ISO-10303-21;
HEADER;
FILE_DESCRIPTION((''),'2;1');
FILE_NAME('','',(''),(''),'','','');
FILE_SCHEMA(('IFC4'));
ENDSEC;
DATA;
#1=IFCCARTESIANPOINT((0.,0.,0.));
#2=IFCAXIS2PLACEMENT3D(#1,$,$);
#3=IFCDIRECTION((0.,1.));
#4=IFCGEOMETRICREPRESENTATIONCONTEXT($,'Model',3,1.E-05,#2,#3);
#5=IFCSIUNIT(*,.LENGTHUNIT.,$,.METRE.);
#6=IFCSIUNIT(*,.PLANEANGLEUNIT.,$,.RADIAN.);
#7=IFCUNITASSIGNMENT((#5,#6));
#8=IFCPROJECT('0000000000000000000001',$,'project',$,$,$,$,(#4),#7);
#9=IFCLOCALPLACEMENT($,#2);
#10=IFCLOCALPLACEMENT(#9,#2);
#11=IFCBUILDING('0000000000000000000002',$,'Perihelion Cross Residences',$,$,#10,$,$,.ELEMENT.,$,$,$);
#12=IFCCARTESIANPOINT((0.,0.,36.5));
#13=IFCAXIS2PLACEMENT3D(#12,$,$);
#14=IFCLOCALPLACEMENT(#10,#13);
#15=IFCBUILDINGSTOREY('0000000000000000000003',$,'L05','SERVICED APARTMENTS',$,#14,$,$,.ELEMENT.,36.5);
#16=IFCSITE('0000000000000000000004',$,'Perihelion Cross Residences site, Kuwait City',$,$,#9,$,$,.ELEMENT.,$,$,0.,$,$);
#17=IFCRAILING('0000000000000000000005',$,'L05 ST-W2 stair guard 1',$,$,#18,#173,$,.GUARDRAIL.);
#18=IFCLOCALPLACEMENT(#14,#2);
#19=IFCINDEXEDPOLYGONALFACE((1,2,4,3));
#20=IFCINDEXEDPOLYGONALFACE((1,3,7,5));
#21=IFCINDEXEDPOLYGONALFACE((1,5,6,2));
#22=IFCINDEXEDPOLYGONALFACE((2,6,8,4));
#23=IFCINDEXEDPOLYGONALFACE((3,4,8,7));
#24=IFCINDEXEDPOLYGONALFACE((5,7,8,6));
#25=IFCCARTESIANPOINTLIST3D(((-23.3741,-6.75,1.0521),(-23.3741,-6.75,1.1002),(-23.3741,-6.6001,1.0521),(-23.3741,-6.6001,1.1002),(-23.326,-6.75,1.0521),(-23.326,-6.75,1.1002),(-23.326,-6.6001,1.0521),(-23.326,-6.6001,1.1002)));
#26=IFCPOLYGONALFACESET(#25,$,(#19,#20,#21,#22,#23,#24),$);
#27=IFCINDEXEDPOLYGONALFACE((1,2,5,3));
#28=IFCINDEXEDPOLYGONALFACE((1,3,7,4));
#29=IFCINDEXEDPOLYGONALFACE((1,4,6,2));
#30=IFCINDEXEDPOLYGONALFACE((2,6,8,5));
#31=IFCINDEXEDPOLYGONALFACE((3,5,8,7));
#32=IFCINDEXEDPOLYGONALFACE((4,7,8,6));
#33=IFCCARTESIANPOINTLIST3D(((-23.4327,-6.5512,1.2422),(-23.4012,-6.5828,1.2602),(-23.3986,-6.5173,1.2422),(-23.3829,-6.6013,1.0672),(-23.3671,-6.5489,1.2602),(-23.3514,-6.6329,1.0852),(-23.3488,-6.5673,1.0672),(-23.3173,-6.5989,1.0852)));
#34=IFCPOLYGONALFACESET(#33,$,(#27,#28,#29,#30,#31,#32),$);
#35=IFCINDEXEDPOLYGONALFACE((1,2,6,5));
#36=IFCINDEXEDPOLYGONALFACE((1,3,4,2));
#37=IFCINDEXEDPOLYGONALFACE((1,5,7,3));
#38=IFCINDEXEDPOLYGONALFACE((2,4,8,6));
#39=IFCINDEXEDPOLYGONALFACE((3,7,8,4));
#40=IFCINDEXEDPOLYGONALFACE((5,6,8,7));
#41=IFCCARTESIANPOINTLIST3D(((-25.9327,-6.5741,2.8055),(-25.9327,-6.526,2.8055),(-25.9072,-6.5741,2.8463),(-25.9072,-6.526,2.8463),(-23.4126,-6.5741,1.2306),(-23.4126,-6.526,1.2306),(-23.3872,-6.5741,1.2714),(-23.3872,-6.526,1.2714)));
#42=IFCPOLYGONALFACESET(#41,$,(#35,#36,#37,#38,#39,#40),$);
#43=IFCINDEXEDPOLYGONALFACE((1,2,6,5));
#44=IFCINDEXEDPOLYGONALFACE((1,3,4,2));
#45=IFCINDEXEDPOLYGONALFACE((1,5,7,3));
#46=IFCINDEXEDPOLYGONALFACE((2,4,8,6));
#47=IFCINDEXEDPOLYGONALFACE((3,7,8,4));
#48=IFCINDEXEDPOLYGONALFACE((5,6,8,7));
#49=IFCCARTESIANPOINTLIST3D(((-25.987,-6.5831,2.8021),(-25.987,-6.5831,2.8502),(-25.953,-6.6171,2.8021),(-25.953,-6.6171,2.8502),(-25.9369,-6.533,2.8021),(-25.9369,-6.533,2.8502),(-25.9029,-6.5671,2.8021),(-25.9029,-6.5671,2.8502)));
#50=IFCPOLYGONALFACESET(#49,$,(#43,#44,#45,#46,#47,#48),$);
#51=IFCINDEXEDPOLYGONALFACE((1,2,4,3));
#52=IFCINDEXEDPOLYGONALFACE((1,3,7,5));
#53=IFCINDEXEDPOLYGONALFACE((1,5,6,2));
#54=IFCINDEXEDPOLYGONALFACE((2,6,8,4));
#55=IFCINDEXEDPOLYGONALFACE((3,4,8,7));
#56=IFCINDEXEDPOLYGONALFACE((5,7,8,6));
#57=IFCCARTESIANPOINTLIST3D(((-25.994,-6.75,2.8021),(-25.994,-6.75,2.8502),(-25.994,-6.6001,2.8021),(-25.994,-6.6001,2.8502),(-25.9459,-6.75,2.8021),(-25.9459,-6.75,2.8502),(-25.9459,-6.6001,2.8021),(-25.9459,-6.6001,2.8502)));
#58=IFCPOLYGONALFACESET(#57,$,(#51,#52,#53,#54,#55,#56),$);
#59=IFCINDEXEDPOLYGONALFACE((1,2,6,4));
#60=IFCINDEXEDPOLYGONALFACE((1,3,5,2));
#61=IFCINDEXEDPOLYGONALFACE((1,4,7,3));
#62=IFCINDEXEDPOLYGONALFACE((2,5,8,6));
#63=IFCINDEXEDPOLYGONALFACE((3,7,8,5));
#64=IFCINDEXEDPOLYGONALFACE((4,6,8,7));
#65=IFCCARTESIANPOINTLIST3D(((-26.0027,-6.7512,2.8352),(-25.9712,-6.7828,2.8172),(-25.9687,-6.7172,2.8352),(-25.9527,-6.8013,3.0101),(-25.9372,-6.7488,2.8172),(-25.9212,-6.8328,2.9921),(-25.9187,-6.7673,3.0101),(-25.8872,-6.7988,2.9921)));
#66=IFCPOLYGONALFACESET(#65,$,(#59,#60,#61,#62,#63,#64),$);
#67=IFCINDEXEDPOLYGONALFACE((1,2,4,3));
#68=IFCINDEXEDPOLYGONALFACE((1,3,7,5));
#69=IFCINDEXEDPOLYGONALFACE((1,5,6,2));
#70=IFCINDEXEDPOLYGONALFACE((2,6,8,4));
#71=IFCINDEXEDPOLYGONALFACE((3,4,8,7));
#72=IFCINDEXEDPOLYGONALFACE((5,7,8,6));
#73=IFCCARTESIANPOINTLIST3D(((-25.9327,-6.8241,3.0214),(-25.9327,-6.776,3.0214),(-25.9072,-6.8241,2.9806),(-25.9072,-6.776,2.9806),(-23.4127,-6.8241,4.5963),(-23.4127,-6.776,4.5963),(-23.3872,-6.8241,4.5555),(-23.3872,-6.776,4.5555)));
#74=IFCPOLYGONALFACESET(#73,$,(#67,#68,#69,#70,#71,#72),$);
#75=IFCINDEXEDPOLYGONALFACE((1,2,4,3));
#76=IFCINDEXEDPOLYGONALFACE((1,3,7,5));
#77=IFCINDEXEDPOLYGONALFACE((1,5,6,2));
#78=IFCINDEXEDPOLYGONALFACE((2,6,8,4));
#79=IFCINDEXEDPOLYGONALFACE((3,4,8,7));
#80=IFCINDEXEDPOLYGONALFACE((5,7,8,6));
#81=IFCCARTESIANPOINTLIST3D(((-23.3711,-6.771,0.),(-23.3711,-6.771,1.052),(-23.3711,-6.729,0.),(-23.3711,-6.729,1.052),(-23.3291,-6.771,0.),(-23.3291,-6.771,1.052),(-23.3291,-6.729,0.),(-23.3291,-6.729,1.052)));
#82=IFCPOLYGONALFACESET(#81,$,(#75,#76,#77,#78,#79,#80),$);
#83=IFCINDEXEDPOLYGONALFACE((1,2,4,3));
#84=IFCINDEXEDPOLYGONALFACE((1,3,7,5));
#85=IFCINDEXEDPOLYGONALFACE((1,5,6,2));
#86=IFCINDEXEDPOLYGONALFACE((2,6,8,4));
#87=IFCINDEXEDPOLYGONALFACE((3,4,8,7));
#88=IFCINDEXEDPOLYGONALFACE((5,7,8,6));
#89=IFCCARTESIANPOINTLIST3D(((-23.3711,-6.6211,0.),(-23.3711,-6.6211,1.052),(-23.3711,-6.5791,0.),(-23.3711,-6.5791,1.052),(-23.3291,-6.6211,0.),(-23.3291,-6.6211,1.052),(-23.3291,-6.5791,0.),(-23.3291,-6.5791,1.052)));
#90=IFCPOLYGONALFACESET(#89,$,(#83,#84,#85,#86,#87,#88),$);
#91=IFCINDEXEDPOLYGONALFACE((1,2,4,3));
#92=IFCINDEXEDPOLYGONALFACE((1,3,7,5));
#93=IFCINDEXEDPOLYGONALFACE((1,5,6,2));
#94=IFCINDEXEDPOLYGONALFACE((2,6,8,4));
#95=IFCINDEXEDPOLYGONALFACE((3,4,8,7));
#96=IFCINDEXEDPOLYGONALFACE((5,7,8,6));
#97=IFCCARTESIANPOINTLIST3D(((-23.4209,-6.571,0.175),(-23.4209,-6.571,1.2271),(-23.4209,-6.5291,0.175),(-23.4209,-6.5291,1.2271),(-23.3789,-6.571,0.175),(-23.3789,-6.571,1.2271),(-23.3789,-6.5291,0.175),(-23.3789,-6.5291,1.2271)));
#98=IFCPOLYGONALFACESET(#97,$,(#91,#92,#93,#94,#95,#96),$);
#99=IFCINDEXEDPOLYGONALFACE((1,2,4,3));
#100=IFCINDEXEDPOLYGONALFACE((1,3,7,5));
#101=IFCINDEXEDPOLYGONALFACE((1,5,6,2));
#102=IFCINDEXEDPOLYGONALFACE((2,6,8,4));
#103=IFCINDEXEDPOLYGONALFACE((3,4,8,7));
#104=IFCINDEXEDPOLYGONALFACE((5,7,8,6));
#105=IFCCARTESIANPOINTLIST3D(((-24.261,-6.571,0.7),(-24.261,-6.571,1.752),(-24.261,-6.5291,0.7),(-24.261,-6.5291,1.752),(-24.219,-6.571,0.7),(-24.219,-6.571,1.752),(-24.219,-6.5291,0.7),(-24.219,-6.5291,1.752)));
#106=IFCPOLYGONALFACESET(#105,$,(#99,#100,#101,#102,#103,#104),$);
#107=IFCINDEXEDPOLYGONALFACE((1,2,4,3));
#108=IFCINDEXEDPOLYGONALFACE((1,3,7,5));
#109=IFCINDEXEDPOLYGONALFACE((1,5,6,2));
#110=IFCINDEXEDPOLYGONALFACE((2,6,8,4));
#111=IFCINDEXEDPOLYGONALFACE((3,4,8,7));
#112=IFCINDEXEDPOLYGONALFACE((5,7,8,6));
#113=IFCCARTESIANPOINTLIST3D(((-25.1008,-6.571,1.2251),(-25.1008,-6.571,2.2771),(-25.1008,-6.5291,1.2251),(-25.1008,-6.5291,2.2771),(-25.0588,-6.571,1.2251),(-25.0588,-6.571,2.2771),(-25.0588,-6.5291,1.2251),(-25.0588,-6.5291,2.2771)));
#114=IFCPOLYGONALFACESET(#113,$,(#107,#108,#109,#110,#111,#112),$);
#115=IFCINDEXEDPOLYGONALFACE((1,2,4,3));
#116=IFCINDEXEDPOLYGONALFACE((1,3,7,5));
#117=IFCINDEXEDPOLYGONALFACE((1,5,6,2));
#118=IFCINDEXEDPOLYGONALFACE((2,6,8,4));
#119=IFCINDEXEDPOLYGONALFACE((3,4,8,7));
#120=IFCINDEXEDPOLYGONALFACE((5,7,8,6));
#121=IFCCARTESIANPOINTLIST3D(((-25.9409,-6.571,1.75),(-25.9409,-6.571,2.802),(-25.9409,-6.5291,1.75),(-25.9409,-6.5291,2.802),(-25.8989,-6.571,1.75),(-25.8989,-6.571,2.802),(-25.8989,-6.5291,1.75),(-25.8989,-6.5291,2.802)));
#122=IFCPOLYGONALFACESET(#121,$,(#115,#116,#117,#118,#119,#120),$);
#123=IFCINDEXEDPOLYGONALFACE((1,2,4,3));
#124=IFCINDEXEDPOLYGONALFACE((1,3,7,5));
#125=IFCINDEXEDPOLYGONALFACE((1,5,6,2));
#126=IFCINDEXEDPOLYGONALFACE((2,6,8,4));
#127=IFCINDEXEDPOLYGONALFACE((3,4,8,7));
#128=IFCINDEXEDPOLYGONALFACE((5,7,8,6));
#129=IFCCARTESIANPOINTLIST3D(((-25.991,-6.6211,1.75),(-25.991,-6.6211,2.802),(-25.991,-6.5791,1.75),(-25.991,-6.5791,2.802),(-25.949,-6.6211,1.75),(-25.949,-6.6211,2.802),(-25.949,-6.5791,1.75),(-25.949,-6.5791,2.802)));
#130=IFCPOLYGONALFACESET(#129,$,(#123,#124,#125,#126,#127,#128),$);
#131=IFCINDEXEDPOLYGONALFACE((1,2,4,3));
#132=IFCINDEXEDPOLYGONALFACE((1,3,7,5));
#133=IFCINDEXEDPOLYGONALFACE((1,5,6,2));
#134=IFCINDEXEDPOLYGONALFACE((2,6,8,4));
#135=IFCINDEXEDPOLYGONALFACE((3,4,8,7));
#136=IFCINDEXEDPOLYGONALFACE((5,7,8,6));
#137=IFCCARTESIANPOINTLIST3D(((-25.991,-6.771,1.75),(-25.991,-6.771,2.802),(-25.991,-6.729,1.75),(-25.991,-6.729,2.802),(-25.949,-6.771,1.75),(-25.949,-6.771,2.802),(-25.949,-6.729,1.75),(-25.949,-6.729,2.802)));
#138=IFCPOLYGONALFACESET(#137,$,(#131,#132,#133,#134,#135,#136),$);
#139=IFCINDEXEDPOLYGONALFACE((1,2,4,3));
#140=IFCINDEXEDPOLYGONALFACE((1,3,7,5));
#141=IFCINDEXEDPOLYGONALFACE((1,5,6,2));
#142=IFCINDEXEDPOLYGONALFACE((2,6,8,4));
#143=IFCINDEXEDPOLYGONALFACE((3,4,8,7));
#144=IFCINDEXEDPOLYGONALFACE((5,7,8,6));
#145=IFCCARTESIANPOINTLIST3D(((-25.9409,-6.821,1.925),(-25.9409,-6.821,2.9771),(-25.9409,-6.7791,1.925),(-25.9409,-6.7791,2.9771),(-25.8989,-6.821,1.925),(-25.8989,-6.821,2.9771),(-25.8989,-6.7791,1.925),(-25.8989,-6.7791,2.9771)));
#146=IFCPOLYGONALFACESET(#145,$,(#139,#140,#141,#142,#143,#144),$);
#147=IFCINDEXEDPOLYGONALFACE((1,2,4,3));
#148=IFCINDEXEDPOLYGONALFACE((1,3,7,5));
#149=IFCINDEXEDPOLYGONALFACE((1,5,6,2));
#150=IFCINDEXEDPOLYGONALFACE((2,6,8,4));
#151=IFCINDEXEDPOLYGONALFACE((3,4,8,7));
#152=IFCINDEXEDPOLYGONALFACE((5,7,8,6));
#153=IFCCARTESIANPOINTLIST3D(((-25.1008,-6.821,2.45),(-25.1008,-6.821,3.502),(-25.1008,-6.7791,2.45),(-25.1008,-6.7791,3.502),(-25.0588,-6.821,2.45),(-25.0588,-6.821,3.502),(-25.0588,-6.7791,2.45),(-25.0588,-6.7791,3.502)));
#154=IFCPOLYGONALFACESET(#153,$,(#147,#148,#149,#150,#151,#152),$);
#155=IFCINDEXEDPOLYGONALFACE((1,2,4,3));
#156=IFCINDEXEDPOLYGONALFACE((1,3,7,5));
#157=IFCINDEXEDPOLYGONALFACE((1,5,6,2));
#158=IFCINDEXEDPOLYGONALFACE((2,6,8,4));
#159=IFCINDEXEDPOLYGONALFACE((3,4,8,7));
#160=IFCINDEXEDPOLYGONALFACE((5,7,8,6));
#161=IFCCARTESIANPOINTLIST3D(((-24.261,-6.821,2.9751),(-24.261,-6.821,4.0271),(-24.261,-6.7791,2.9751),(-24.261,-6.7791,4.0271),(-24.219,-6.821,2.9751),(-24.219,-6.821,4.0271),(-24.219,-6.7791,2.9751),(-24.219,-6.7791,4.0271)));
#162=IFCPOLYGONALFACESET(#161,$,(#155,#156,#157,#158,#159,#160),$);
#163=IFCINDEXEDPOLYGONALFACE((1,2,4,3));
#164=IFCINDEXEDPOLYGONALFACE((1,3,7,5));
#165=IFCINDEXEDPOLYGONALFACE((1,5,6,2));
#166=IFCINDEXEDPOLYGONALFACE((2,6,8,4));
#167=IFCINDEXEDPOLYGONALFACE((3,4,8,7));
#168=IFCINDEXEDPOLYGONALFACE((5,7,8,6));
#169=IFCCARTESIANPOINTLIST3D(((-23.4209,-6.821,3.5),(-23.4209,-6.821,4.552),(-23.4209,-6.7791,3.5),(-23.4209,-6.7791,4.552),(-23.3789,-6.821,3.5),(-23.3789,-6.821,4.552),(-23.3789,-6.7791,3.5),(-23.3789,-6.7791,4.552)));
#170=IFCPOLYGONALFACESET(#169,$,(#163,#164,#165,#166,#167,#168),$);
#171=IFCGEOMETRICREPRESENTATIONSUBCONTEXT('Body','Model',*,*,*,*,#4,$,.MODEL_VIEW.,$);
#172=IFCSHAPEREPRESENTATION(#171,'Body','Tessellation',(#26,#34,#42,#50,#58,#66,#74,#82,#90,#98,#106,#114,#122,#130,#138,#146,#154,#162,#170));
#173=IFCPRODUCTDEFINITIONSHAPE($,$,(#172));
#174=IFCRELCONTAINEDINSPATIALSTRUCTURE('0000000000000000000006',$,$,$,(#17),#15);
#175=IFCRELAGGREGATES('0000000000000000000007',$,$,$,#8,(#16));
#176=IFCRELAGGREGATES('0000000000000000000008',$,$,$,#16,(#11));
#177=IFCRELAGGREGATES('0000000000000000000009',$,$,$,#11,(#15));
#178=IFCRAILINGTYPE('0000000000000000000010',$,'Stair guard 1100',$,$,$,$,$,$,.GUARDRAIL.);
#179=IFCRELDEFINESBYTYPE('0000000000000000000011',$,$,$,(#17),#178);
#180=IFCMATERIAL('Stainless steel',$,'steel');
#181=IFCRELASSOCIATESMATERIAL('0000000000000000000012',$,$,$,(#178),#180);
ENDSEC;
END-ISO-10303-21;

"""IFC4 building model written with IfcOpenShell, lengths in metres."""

from ifc_helpers import new_model, si_unit, direction, frame, origin, origin_2d, place, context, subcontext, project, spatial, rectangle, extrude, material, type_object, element, save


model = new_model("IFC4")

# Units and contexts
model_context = context("Model", 3, precision=1e-05, world=origin(), true_north=direction((0.0, 1.0)))
body_context = subcontext(model_context, "Body", "Model", "MODEL_VIEW")
ifc_project = project(units=[si_unit("LENGTHUNIT", "METRE"), si_unit("PLANEANGLEUNIT", "RADIAN")], contexts=[model_context])

# Site, building, storey
site_placement = place(None, origin())
site = spatial("IfcSite", under=ifc_project, at=site_placement, Name="Perihelion Cross Residences site, Kuwait City", CompositionType="ELEMENT", RefElevation=0.0)
building_placement = place(site_placement, origin())
building = spatial("IfcBuilding", under=site, at=building_placement, Name="Perihelion Cross Residences", CompositionType="ELEMENT")
storey_placement = place(building_placement, frame((0.0, 0.0, 36.5)))
storey = spatial("IfcBuildingStorey", under=building, at=storey_placement, Name="L05", Description="SERVICED APARTMENTS", CompositionType="ELEMENT", Elevation=36.5)

# Railing
ifc_material_1 = material(Name="Stainless steel", Category="steel")
railing_type_1 = type_object("IfcRailingType", Name="Stair guard 1100", PredefinedType="GUARDRAIL", material=ifc_material_1)
railing_1_placement = place(storey_placement, frame((-23.3501, -6.75, 0.0)))
element("IfcRailing", 1, at=railing_1_placement, inside=storey, type_object=railing_type_1, Name="L05 ST-W2 stair guard 1", PredefinedType="GUARDRAIL", context=body_context, shape_type="SweptSolid", body=[
    extrude(rectangle(XDim=0.0481, YDim=0.0481, at=origin_2d()), frame((0.0, 0.0, 1.0762), z_axis=(0.0, 1.0, 0.0), x_axis=(-1.0, 0.0, 0.0)), (0.0, 0.0, 1.0), 0.1499),
    extrude(rectangle(XDim=0.0481, YDim=0.0481, at=origin_2d()), frame((0.0, 0.1499, 1.0762), z_axis=(-0.263862, 0.265156, 0.927399), x_axis=(-0.708834, -0.705376, 0.0)), (0.0, 0.0, 1.0), 0.1887),
    extrude(rectangle(XDim=0.0481, YDim=0.0481, at=origin_2d()), frame((-0.0498, 0.2, 1.251), z_axis=(-0.848008, 0.0, 0.529984), x_axis=(0.0, -1.0, 0.0)), (0.0, 0.0, 1.0), 2.9717),
    extrude(rectangle(XDim=0.0481, YDim=0.0481, at=origin_2d()), frame((-2.5698, 0.2, 2.8262), z_axis=(-0.707107, -0.707107, 0.0), x_axis=(0.707107, -0.707107, 0.0)), (0.0, 0.0, 1.0), 0.0708),
    extrude(rectangle(XDim=0.0481, YDim=0.0481, at=origin_2d()), frame((-2.6199, 0.1499, 2.8262), z_axis=(0.0, -1.0, 0.0), x_axis=(1.0, 0.0, 0.0)), (0.0, 0.0, 1.0), 0.1499),
    extrude(rectangle(XDim=0.0481, YDim=0.0481, at=origin_2d()), frame((-2.6199, 0.0, 2.8262), z_axis=(0.265065, -0.265065, 0.927082), x_axis=(0.707107, 0.707107, 0.0)), (0.0, 0.0, 1.0), 0.1887),
    extrude(rectangle(XDim=0.0481, YDim=0.0481, at=origin_2d()), frame((-2.5698, -0.05, 3.001), z_axis=(0.848008, 0.0, 0.529984), x_axis=(0.0, 1.0, 0.0)), (0.0, 0.0, 1.0), 2.9717),
    extrude(rectangle(XDim=0.042, YDim=0.042, at=origin_2d()), origin(), (0.0, 0.0, 1.0), 1.052),
    extrude(rectangle(XDim=0.042, YDim=0.042, at=origin_2d()), frame((0.0, 0.1499, 0.0)), (0.0, 0.0, 1.0), 1.052),
    extrude(rectangle(XDim=0.042, YDim=0.042, at=origin_2d()), frame((-0.0498, 0.2, 0.175)), (0.0, 0.0, 1.0), 1.052),
    extrude(rectangle(XDim=0.042, YDim=0.042, at=origin_2d()), frame((-0.8899, 0.2, 0.7)), (0.0, 0.0, 1.0), 1.052),
    extrude(rectangle(XDim=0.042, YDim=0.042, at=origin_2d()), frame((-1.7297, 0.2, 1.2251)), (0.0, 0.0, 1.0), 1.052),
    extrude(rectangle(XDim=0.042, YDim=0.042, at=origin_2d()), frame((-2.5698, 0.2, 1.75)), (0.0, 0.0, 1.0), 1.052),
    extrude(rectangle(XDim=0.042, YDim=0.042, at=origin_2d()), frame((-2.6199, 0.1499, 1.75)), (0.0, 0.0, 1.0), 1.052),
    extrude(rectangle(XDim=0.042, YDim=0.042, at=origin_2d()), frame((-2.6199, 0.0, 1.75)), (0.0, 0.0, 1.0), 1.052),
    extrude(rectangle(XDim=0.042, YDim=0.042, at=origin_2d()), frame((-2.5698, -0.05, 1.925)), (0.0, 0.0, 1.0), 1.052),
    extrude(rectangle(XDim=0.042, YDim=0.042, at=origin_2d()), frame((-1.7297, -0.05, 2.45)), (0.0, 0.0, 1.0), 1.052),
    extrude(rectangle(XDim=0.042, YDim=0.042, at=origin_2d()), frame((-0.8899, -0.05, 2.9751)), (0.0, 0.0, 1.0), 1.052),
    extrude(rectangle(XDim=0.042, YDim=0.042, at=origin_2d()), frame((-0.0498, -0.05, 3.5)), (0.0, 0.0, 1.0), 1.052),
])

save(model, "model.ifc")
